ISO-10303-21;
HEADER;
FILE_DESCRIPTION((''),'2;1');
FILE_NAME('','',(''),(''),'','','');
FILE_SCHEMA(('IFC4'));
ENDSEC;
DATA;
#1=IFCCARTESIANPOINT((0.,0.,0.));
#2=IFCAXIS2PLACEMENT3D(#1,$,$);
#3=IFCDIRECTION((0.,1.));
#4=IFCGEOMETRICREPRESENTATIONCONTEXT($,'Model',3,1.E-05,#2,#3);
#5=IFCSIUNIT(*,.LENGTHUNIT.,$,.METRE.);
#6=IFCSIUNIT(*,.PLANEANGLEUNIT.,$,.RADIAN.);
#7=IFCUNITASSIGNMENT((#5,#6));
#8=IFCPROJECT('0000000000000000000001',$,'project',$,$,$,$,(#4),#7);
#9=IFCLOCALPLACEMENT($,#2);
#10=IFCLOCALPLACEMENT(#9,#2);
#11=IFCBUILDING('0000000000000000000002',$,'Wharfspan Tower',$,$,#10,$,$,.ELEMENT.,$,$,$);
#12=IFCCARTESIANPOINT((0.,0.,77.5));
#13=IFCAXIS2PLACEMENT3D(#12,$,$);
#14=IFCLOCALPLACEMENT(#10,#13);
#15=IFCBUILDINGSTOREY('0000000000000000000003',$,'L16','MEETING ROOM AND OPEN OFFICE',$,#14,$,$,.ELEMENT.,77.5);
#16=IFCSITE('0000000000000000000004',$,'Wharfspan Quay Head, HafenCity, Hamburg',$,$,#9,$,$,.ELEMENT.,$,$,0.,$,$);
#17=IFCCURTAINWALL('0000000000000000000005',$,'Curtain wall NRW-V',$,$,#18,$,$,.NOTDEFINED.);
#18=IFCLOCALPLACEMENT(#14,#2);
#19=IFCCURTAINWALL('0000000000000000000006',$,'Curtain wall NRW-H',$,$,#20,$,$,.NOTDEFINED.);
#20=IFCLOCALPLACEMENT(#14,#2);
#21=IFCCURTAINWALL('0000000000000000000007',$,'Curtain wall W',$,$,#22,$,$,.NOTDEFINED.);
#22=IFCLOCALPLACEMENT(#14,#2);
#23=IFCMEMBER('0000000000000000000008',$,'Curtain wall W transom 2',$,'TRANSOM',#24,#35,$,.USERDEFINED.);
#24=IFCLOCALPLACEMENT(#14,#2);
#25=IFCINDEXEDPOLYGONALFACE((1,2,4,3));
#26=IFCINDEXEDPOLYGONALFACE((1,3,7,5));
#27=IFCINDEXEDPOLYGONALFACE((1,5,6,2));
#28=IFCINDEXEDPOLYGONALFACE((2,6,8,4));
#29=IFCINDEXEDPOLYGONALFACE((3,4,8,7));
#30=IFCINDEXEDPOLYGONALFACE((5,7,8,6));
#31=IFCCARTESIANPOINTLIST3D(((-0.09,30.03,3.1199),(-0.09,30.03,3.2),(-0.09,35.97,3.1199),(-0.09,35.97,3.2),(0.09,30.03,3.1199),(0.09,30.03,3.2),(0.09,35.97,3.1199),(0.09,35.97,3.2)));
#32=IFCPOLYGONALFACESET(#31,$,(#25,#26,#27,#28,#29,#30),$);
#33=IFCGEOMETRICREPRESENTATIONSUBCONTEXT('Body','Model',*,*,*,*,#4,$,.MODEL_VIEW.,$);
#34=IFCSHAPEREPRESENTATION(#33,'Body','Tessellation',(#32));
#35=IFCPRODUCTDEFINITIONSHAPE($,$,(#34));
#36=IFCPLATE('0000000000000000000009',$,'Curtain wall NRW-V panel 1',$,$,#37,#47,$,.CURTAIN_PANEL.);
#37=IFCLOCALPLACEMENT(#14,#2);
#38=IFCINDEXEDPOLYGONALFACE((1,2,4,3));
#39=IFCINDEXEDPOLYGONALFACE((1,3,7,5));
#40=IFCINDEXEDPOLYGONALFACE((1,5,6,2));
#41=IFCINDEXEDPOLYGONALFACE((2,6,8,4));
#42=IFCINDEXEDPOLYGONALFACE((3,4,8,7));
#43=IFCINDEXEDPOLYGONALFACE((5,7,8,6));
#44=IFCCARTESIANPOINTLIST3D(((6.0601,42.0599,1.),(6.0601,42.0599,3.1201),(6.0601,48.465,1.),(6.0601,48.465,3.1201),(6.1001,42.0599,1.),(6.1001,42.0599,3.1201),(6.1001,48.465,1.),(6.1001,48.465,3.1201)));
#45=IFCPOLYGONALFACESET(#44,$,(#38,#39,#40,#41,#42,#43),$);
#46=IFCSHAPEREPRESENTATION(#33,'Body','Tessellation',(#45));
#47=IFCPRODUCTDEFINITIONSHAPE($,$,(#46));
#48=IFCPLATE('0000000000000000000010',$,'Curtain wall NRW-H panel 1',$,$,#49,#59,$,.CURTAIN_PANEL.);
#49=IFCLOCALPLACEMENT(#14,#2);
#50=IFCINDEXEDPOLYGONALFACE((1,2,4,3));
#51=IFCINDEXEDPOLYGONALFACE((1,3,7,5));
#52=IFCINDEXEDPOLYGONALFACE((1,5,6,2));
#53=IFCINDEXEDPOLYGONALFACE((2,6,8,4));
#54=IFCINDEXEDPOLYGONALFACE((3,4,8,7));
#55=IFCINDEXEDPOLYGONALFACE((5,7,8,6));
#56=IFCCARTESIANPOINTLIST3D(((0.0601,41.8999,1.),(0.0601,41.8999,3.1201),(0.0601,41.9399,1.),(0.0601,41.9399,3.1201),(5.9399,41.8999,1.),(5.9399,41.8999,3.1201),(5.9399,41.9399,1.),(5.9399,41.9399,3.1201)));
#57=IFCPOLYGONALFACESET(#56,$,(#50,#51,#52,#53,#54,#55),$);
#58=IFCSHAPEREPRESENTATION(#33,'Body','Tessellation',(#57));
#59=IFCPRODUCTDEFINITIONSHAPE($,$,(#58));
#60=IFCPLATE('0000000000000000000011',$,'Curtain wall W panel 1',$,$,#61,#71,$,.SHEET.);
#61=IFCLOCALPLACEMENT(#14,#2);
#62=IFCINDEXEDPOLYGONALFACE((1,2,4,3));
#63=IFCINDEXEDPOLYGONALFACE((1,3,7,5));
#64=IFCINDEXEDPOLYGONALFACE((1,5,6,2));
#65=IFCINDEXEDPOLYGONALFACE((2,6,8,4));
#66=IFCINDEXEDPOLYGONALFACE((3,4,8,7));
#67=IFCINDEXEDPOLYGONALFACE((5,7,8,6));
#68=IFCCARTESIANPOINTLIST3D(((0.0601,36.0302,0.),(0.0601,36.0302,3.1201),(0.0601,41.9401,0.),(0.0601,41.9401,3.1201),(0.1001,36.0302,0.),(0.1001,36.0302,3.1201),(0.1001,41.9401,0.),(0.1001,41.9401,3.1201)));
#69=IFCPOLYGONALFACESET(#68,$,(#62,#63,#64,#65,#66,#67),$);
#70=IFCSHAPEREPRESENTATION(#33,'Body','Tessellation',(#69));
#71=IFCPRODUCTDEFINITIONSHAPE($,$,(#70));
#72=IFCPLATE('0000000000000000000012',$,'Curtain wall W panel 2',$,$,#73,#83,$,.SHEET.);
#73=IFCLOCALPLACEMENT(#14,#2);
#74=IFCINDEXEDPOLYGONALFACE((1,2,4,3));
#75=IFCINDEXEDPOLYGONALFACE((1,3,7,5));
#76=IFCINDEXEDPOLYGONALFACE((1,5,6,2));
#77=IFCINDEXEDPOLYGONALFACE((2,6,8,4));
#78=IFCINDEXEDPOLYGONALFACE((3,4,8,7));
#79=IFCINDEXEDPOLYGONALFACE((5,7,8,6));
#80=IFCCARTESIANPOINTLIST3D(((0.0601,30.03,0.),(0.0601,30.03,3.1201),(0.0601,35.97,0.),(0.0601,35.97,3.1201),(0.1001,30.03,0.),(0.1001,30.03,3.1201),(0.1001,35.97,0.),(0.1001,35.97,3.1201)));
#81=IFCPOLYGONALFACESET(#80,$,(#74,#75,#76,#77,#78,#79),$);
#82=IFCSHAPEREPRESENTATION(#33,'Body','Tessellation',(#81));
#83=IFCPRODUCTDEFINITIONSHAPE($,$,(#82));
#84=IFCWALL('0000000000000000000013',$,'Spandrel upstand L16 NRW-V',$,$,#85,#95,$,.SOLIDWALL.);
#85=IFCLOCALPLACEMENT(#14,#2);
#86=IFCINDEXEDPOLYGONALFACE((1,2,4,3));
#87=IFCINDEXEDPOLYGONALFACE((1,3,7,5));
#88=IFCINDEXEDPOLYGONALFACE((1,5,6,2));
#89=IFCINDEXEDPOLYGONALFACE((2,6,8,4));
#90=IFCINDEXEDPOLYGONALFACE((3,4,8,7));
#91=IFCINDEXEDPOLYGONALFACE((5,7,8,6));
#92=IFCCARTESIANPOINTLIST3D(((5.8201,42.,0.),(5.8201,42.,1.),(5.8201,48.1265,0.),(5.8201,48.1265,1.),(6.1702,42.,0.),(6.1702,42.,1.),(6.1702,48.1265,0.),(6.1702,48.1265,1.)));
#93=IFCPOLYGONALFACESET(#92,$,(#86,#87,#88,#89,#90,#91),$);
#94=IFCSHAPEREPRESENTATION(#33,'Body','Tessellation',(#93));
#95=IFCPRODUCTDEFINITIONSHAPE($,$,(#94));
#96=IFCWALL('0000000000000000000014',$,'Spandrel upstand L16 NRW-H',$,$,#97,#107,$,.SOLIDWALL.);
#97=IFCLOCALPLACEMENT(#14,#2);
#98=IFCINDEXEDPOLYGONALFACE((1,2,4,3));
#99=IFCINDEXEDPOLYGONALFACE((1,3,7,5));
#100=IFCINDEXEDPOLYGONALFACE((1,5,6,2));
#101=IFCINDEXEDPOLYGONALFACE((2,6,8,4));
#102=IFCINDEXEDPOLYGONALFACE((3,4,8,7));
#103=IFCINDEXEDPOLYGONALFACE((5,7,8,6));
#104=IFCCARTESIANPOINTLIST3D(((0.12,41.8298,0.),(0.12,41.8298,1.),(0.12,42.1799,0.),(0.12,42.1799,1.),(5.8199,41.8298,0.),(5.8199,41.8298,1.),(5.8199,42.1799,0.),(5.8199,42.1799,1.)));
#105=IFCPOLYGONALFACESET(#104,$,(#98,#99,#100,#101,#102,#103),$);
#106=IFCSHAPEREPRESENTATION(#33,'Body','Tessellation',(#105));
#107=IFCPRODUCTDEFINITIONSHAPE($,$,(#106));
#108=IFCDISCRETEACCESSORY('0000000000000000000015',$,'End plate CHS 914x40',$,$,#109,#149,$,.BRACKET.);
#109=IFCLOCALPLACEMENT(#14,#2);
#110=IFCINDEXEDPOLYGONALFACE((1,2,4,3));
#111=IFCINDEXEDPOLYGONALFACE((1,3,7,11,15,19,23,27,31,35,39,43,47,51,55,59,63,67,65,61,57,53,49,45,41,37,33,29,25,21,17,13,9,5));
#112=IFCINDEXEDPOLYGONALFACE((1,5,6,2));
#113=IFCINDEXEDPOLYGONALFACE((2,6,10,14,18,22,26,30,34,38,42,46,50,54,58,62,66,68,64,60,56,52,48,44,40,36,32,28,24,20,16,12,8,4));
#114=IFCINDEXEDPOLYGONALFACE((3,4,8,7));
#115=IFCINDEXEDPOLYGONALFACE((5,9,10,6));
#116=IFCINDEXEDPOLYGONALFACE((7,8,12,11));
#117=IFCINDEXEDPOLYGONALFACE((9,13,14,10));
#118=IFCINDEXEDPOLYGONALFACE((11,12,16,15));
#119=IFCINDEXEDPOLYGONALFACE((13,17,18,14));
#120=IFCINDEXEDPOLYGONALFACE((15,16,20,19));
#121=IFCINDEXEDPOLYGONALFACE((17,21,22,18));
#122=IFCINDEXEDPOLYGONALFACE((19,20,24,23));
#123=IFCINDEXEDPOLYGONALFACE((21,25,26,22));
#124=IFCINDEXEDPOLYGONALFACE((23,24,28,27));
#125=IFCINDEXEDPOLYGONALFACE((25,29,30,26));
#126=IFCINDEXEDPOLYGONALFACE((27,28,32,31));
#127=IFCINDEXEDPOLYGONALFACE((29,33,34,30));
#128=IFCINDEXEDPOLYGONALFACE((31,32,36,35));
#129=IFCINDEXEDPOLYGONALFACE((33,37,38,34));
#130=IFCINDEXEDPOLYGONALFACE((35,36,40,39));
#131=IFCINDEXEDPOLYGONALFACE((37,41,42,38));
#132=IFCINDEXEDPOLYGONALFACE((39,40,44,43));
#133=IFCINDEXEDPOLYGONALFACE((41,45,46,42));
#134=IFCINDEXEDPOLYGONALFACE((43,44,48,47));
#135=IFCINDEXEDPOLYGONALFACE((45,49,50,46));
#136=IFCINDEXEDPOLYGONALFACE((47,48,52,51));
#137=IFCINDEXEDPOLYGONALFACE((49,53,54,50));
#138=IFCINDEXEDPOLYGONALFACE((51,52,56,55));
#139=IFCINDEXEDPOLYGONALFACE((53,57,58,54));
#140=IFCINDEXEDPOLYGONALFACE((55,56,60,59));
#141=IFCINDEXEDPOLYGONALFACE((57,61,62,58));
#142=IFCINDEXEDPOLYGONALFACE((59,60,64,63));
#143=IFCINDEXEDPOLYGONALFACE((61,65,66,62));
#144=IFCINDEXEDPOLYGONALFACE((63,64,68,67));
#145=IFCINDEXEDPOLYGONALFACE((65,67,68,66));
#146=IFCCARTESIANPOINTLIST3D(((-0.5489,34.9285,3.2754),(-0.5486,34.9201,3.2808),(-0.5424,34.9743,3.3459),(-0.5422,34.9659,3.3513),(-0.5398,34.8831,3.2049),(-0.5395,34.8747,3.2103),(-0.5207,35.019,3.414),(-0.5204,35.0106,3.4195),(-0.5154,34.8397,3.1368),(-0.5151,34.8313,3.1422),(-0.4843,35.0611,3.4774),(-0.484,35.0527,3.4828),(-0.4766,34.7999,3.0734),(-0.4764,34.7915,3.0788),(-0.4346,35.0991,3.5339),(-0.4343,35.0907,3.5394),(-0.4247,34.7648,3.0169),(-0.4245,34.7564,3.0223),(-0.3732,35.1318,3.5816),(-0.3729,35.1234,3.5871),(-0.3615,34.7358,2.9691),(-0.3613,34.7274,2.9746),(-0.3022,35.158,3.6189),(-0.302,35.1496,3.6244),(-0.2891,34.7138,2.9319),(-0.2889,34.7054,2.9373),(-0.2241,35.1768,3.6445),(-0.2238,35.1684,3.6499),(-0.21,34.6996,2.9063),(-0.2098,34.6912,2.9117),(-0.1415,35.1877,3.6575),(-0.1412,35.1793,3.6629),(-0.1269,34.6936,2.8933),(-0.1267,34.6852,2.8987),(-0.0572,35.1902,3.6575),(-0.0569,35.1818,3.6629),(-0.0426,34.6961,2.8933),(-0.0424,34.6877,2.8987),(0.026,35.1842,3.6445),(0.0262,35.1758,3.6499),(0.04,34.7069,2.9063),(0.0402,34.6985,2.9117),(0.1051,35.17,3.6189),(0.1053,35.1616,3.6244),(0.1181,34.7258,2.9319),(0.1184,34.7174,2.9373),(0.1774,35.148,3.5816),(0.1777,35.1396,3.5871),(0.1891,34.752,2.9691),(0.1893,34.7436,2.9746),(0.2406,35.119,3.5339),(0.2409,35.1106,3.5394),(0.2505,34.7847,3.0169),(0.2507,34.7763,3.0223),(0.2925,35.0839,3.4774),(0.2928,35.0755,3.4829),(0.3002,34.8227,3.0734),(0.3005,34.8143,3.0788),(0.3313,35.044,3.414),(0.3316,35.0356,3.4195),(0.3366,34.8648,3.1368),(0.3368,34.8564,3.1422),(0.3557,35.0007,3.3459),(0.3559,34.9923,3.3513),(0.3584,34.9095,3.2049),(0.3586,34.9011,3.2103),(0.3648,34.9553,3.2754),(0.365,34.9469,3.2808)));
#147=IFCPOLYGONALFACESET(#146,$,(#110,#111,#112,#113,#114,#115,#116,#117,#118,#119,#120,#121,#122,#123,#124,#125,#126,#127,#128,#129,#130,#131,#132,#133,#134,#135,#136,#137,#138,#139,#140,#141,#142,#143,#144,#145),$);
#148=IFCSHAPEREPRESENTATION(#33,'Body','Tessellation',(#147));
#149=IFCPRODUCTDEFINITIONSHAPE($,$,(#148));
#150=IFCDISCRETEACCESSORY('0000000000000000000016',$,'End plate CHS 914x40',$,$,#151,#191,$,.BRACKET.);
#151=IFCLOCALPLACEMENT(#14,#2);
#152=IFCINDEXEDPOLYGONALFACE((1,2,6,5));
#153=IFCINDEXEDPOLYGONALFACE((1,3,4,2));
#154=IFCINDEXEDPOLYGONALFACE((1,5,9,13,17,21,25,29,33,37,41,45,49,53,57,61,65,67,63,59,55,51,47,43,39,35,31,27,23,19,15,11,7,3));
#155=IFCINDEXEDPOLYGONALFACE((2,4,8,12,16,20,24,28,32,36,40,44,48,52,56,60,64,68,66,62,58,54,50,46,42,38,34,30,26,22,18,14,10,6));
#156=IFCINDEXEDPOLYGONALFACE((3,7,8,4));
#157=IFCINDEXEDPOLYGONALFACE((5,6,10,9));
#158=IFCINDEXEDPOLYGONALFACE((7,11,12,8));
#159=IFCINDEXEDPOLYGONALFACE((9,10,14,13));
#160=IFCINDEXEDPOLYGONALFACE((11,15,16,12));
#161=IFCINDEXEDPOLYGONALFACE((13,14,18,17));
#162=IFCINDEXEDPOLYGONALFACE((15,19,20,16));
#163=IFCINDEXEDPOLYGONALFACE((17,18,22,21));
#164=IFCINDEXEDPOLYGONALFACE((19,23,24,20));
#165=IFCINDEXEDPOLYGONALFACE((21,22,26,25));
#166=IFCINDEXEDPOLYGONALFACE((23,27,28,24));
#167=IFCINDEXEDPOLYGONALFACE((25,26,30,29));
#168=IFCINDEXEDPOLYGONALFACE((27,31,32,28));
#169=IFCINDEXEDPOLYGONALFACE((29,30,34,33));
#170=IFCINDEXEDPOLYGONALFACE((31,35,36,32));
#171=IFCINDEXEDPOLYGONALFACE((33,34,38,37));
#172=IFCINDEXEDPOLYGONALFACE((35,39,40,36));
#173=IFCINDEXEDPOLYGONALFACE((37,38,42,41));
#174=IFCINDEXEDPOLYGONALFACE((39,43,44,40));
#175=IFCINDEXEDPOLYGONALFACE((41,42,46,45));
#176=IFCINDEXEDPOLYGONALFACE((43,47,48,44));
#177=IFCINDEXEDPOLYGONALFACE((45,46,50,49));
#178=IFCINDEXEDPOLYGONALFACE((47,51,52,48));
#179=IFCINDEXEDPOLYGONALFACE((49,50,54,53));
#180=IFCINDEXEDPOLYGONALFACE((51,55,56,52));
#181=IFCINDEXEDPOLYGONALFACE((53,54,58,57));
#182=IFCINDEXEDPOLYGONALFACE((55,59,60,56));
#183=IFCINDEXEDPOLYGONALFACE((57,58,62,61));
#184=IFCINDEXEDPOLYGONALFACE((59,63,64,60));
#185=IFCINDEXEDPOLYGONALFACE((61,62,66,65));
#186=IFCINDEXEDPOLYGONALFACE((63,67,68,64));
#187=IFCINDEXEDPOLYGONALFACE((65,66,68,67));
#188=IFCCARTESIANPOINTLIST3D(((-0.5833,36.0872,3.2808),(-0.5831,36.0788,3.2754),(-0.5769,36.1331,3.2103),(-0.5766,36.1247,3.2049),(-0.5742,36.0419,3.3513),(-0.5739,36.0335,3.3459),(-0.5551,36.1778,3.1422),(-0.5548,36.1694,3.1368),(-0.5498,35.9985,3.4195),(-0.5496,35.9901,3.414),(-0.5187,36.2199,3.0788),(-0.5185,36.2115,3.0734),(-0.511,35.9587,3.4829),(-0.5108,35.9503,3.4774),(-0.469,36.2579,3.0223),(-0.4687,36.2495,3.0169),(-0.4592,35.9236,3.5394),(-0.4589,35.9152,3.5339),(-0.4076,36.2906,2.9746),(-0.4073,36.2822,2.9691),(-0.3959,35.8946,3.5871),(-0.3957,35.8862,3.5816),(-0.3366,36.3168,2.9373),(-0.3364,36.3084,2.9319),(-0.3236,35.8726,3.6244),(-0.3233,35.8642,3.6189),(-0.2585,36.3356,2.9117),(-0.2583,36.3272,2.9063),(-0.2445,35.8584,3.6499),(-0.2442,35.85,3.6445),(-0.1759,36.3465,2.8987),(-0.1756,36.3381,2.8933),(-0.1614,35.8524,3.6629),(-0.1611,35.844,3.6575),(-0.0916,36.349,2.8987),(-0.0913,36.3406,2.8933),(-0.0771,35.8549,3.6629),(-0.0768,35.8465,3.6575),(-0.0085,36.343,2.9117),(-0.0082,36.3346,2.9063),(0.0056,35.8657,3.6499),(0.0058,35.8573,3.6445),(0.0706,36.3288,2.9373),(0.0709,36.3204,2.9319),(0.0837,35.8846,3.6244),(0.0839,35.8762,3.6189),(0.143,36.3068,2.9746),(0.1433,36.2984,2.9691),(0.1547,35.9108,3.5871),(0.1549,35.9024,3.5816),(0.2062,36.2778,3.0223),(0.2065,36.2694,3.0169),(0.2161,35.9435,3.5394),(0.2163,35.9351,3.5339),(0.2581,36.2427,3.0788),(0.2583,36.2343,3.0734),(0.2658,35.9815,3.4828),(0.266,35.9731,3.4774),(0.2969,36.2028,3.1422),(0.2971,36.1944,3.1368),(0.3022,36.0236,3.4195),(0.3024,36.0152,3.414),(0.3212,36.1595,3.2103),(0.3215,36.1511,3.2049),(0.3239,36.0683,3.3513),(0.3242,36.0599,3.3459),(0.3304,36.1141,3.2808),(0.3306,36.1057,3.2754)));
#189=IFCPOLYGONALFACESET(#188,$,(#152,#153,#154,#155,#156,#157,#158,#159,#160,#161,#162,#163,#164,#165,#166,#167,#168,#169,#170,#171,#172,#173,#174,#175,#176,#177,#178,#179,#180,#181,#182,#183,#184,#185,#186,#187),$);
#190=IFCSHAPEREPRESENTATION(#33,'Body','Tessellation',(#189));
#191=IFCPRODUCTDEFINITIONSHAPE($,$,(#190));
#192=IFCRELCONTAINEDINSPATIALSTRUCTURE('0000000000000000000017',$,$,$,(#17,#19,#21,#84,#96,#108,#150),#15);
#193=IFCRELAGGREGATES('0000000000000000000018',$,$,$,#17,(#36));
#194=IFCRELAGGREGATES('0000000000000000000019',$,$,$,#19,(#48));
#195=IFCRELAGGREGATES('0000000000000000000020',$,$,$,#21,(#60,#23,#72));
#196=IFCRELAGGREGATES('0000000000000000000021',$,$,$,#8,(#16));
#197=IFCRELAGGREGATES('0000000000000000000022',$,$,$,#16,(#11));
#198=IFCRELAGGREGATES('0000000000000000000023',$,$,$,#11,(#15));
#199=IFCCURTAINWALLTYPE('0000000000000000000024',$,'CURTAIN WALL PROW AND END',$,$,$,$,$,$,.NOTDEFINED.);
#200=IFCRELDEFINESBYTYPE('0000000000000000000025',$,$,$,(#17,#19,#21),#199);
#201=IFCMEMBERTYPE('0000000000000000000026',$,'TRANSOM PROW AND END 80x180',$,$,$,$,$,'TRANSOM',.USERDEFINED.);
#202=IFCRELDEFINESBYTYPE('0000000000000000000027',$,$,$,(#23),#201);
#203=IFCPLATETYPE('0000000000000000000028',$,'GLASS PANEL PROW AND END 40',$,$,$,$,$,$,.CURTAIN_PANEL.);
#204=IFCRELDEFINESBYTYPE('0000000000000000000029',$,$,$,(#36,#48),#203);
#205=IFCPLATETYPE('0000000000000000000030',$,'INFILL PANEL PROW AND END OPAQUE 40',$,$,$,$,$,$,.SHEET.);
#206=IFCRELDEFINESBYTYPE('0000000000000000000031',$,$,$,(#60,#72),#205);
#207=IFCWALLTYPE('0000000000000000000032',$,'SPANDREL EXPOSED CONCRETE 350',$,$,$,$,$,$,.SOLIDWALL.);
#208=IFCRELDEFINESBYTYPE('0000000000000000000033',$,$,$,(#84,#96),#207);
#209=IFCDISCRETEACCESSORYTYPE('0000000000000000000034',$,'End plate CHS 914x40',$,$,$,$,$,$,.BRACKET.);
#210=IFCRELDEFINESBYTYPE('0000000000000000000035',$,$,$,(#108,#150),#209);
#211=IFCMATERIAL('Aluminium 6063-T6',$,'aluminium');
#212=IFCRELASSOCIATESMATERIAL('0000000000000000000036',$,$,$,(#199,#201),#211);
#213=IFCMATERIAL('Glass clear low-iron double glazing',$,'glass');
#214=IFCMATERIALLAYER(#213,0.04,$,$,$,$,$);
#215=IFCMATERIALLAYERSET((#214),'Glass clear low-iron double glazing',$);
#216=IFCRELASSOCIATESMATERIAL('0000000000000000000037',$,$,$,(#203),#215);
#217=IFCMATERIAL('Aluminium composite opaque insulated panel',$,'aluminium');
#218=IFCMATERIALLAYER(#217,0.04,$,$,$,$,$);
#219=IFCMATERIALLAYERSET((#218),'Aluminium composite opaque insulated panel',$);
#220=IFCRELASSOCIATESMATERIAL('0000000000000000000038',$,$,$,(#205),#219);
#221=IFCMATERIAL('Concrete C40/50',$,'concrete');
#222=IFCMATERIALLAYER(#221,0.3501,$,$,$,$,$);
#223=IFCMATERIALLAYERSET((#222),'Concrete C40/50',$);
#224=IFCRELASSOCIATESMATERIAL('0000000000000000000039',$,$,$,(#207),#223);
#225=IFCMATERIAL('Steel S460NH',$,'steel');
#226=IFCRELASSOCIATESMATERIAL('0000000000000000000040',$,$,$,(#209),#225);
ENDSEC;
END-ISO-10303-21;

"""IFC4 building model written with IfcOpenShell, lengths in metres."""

from ifc_helpers import new_model, si_unit, direction, frame, frame_2d, origin, origin_2d, place, context, subcontext, project, spatial, rectangle, circle, extrude, material, layer, layer_set, material_profile, profile_set, type_object, element, aggregate, save


model = new_model("IFC4")

# Units and contexts
model_context = context("Model", 3, precision=1e-05, world=origin(), true_north=direction((0.0, 1.0)))
body_context = subcontext(model_context, "Body", "Model", "MODEL_VIEW")
ifc_project = project(units=[si_unit("LENGTHUNIT", "METRE"), si_unit("PLANEANGLEUNIT", "RADIAN")], contexts=[model_context])

# Site, building, storey
site_placement = place(None, origin())
site = spatial("IfcSite", under=ifc_project, at=site_placement, Name="Wharfspan Quay Head, HafenCity, Hamburg", CompositionType="ELEMENT", RefElevation=0.0)
building_placement = place(site_placement, origin())
building = spatial("IfcBuilding", under=site, at=building_placement, Name="Wharfspan Tower", CompositionType="ELEMENT")
storey_placement = place(building_placement, frame((0.0, 0.0, 77.5)))
storey = spatial("IfcBuildingStorey", under=building, at=storey_placement, Name="L16", Description="MEETING ROOM AND OPEN OFFICE", CompositionType="ELEMENT", Elevation=77.5)

# Curtain walls
ifc_material_1 = material(Name="Aluminium 6063-T6", Category="aluminium")
curtain_wall_type = type_object("IfcCurtainWallType", Name="CURTAIN WALL PROW AND END", PredefinedType="NOTDEFINED", material=ifc_material_1)
curtain_wall_1_placement = place(storey_placement, origin())
curtain_wall_1 = element("IfcCurtainWall", 1, at=curtain_wall_1_placement, inside=storey, type_object=curtain_wall_type, Name="Curtain wall NRW-V", PredefinedType="NOTDEFINED")
curtain_wall_2_placement = place(storey_placement, origin())
curtain_wall_2 = element("IfcCurtainWall", 2, at=curtain_wall_2_placement, inside=storey, type_object=curtain_wall_type, Name="Curtain wall NRW-H", PredefinedType="NOTDEFINED")
curtain_wall_3_placement = place(storey_placement, origin())
curtain_wall_3 = element("IfcCurtainWall", 3, at=curtain_wall_3_placement, inside=storey, type_object=curtain_wall_type, Name="Curtain wall W", PredefinedType="NOTDEFINED")

# Shared definitions
ifc_material_2 = material(Name="Steel S460NH", Category="steel")

# Member
ifc_material_profile_1 = material_profile(ifc_material_1, rectangle(XDim=0.1799, YDim=0.0801, at=origin_2d()))
ifc_profile_set_1 = profile_set([ifc_material_profile_1], Name="Aluminium 6063-T6")
member_type_1 = type_object("IfcMemberType", Name="TRANSOM PROW AND END 80x180", ElementType="TRANSOM", PredefinedType="USERDEFINED", material=ifc_profile_set_1)
member_1_placement = place(storey_placement, frame((0.0, 35.97, 3.1599), z_axis=(0.0, -1.0, 0.0), x_axis=(1.0, 0.0, 0.0)))
member_1 = element("IfcMember", 4, at=member_1_placement, type_object=member_type_1, Name="Curtain wall W transom 2", ObjectType="TRANSOM", PredefinedType="USERDEFINED", context=body_context, shape_type="SweptSolid", body=[
    extrude(rectangle(XDim=0.1799, YDim=0.0801, at=origin_2d()), origin(), (0.0, 0.0, 1.0), 5.9399),
])

# Plates
ifc_material_3 = material(Name="Glass clear low-iron double glazing", Category="glass")
ifc_layer_1 = layer(ifc_material_3, 0.04)
ifc_layer_set_1 = layer_set([ifc_layer_1], Name="Glass clear low-iron double glazing")
plate_type_1 = type_object("IfcPlateType", Name="GLASS PANEL PROW AND END 40", PredefinedType="CURTAIN_PANEL", material=ifc_layer_set_1)
plate_1_placement = place(storey_placement, frame((6.0801, 45.2625, 1.0), z_axis=(0.0, 0.0, 1.0), x_axis=(0.0, -1.0, 0.0)))
plate_1 = element("IfcPlate", 5, at=plate_1_placement, type_object=plate_type_1, Name="Curtain wall NRW-V panel 1", PredefinedType="CURTAIN_PANEL", context=body_context, shape_type="SweptSolid", body=[
    extrude(rectangle(XDim=6.405, YDim=0.04, at=origin_2d()), origin(), (0.0, 0.0, 1.0), 2.1201),
])
aggregate(curtain_wall_1, [plate_1])
plate_2_placement = place(storey_placement, frame((3.0, 41.9199, 1.0), z_axis=(0.0, 0.0, 1.0), x_axis=(-1.0, 0.0, 0.0)))
plate_2 = element("IfcPlate", 6, at=plate_2_placement, type_object=plate_type_1, Name="Curtain wall NRW-H panel 1", PredefinedType="CURTAIN_PANEL", context=body_context, shape_type="SweptSolid", body=[
    extrude(rectangle(XDim=5.8799, YDim=0.04, at=origin_2d()), origin(), (0.0, 0.0, 1.0), 2.1201),
])
aggregate(curtain_wall_2, [plate_2])
ifc_material_4 = material(Name="Aluminium composite opaque insulated panel", Category="aluminium")
ifc_layer_2 = layer(ifc_material_4, 0.04)
ifc_layer_set_2 = layer_set([ifc_layer_2], Name="Aluminium composite opaque insulated panel")
plate_type_2 = type_object("IfcPlateType", Name="INFILL PANEL PROW AND END OPAQUE 40", PredefinedType="SHEET", material=ifc_layer_set_2)
plate_3_placement = place(storey_placement, frame((0.0801, 38.9851, 0.0), z_axis=(0.0, 0.0, 1.0), x_axis=(0.0, -1.0, 0.0)))
plate_3 = element("IfcPlate", 7, at=plate_3_placement, type_object=plate_type_2, Name="Curtain wall W panel 1", PredefinedType="SHEET", context=body_context, shape_type="SweptSolid", body=[
    extrude(rectangle(XDim=5.9099, YDim=0.04, at=origin_2d()), origin(), (0.0, 0.0, 1.0), 3.1201),
])
plate_4_placement = place(storey_placement, frame((0.0801, 33.0, 0.0), z_axis=(0.0, 0.0, 1.0), x_axis=(0.0, -1.0, 0.0)))
plate_4 = element("IfcPlate", 8, at=plate_4_placement, type_object=plate_type_2, Name="Curtain wall W panel 2", PredefinedType="SHEET", context=body_context, shape_type="SweptSolid", body=[
    extrude(rectangle(XDim=5.9399, YDim=0.04, at=origin_2d()), origin(), (0.0, 0.0, 1.0), 3.1201),
])
aggregate(curtain_wall_3, [plate_3, member_1, plate_4])

# Walls
ifc_material_5 = material(Name="Concrete C40/50", Category="concrete")
ifc_layer_3 = layer(ifc_material_5, 0.3501)
ifc_layer_set_3 = layer_set([ifc_layer_3], Name="Concrete C40/50")
wall_type = type_object("IfcWallType", Name="SPANDREL EXPOSED CONCRETE 350", PredefinedType="SOLIDWALL", material=ifc_layer_set_3)
wall_1_placement = place(storey_placement, frame((5.9951, 48.1265, 0.0), z_axis=(0.0, 0.0, 1.0), x_axis=(0.0, -1.0, 0.0)))
element("IfcWall", 9, at=wall_1_placement, inside=storey, type_object=wall_type, Name="Spandrel upstand L16 NRW-V", PredefinedType="SOLIDWALL", context=body_context, shape_type="SweptSolid", body=[
    extrude(rectangle(XDim=6.1265, YDim=0.3501, at=frame_2d((3.0632, 0.0))), origin(), (0.0, 0.0, 1.0), 1.0),
])
wall_2_placement = place(storey_placement, frame((5.8201, 42.0049, 0.0), z_axis=(0.0, 0.0, 1.0), x_axis=(-1.0, 0.0, 0.0)))
element("IfcWall", 10, at=wall_2_placement, inside=storey, type_object=wall_type, Name="Spandrel upstand L16 NRW-H", PredefinedType="SOLIDWALL", context=body_context, shape_type="SweptSolid", body=[
    extrude(rectangle(XDim=5.7, YDim=0.3501, at=frame_2d((2.8501, 0.0))), origin(), (0.0, 0.0, 1.0), 1.0),
])

# Discrete accessories
ifc_material_profile_2 = material_profile(ifc_material_2, circle(Radius=0.457, at=origin_2d()))
ifc_profile_set_2 = profile_set([ifc_material_profile_2], Name="Steel S460NH")
discrete_accessory_type = type_object("IfcDiscreteAccessoryType", Name="End plate CHS 914x40", PredefinedType="BRACKET", material=ifc_profile_set_2)
for number, where, z_axis, x_axis, name in (
    (11, (-0.092, 34.9419, 3.2754), (0.024686, -0.839314, 0.543086), (0.999566, 0.0294, 0.000001), "End plate CHS 914x40"),
    (12, (-0.1262, 36.0923, 3.2754), (-0.024686, 0.839314, 0.543086), (-0.999566, -0.0294, 0.000001), "End plate CHS 914x40"),
):
    element("IfcDiscreteAccessory", number, at=place(storey_placement, frame(where, z_axis=z_axis, x_axis=x_axis)), inside=storey, type_object=discrete_accessory_type, Name=name, PredefinedType="BRACKET", context=body_context, shape_type="SweptSolid", body=[
        extrude(circle(Radius=0.457, at=origin_2d()), origin(), (0.0, 0.0, 1.0), 0.01),
    ])

save(model, "model.ifc")
